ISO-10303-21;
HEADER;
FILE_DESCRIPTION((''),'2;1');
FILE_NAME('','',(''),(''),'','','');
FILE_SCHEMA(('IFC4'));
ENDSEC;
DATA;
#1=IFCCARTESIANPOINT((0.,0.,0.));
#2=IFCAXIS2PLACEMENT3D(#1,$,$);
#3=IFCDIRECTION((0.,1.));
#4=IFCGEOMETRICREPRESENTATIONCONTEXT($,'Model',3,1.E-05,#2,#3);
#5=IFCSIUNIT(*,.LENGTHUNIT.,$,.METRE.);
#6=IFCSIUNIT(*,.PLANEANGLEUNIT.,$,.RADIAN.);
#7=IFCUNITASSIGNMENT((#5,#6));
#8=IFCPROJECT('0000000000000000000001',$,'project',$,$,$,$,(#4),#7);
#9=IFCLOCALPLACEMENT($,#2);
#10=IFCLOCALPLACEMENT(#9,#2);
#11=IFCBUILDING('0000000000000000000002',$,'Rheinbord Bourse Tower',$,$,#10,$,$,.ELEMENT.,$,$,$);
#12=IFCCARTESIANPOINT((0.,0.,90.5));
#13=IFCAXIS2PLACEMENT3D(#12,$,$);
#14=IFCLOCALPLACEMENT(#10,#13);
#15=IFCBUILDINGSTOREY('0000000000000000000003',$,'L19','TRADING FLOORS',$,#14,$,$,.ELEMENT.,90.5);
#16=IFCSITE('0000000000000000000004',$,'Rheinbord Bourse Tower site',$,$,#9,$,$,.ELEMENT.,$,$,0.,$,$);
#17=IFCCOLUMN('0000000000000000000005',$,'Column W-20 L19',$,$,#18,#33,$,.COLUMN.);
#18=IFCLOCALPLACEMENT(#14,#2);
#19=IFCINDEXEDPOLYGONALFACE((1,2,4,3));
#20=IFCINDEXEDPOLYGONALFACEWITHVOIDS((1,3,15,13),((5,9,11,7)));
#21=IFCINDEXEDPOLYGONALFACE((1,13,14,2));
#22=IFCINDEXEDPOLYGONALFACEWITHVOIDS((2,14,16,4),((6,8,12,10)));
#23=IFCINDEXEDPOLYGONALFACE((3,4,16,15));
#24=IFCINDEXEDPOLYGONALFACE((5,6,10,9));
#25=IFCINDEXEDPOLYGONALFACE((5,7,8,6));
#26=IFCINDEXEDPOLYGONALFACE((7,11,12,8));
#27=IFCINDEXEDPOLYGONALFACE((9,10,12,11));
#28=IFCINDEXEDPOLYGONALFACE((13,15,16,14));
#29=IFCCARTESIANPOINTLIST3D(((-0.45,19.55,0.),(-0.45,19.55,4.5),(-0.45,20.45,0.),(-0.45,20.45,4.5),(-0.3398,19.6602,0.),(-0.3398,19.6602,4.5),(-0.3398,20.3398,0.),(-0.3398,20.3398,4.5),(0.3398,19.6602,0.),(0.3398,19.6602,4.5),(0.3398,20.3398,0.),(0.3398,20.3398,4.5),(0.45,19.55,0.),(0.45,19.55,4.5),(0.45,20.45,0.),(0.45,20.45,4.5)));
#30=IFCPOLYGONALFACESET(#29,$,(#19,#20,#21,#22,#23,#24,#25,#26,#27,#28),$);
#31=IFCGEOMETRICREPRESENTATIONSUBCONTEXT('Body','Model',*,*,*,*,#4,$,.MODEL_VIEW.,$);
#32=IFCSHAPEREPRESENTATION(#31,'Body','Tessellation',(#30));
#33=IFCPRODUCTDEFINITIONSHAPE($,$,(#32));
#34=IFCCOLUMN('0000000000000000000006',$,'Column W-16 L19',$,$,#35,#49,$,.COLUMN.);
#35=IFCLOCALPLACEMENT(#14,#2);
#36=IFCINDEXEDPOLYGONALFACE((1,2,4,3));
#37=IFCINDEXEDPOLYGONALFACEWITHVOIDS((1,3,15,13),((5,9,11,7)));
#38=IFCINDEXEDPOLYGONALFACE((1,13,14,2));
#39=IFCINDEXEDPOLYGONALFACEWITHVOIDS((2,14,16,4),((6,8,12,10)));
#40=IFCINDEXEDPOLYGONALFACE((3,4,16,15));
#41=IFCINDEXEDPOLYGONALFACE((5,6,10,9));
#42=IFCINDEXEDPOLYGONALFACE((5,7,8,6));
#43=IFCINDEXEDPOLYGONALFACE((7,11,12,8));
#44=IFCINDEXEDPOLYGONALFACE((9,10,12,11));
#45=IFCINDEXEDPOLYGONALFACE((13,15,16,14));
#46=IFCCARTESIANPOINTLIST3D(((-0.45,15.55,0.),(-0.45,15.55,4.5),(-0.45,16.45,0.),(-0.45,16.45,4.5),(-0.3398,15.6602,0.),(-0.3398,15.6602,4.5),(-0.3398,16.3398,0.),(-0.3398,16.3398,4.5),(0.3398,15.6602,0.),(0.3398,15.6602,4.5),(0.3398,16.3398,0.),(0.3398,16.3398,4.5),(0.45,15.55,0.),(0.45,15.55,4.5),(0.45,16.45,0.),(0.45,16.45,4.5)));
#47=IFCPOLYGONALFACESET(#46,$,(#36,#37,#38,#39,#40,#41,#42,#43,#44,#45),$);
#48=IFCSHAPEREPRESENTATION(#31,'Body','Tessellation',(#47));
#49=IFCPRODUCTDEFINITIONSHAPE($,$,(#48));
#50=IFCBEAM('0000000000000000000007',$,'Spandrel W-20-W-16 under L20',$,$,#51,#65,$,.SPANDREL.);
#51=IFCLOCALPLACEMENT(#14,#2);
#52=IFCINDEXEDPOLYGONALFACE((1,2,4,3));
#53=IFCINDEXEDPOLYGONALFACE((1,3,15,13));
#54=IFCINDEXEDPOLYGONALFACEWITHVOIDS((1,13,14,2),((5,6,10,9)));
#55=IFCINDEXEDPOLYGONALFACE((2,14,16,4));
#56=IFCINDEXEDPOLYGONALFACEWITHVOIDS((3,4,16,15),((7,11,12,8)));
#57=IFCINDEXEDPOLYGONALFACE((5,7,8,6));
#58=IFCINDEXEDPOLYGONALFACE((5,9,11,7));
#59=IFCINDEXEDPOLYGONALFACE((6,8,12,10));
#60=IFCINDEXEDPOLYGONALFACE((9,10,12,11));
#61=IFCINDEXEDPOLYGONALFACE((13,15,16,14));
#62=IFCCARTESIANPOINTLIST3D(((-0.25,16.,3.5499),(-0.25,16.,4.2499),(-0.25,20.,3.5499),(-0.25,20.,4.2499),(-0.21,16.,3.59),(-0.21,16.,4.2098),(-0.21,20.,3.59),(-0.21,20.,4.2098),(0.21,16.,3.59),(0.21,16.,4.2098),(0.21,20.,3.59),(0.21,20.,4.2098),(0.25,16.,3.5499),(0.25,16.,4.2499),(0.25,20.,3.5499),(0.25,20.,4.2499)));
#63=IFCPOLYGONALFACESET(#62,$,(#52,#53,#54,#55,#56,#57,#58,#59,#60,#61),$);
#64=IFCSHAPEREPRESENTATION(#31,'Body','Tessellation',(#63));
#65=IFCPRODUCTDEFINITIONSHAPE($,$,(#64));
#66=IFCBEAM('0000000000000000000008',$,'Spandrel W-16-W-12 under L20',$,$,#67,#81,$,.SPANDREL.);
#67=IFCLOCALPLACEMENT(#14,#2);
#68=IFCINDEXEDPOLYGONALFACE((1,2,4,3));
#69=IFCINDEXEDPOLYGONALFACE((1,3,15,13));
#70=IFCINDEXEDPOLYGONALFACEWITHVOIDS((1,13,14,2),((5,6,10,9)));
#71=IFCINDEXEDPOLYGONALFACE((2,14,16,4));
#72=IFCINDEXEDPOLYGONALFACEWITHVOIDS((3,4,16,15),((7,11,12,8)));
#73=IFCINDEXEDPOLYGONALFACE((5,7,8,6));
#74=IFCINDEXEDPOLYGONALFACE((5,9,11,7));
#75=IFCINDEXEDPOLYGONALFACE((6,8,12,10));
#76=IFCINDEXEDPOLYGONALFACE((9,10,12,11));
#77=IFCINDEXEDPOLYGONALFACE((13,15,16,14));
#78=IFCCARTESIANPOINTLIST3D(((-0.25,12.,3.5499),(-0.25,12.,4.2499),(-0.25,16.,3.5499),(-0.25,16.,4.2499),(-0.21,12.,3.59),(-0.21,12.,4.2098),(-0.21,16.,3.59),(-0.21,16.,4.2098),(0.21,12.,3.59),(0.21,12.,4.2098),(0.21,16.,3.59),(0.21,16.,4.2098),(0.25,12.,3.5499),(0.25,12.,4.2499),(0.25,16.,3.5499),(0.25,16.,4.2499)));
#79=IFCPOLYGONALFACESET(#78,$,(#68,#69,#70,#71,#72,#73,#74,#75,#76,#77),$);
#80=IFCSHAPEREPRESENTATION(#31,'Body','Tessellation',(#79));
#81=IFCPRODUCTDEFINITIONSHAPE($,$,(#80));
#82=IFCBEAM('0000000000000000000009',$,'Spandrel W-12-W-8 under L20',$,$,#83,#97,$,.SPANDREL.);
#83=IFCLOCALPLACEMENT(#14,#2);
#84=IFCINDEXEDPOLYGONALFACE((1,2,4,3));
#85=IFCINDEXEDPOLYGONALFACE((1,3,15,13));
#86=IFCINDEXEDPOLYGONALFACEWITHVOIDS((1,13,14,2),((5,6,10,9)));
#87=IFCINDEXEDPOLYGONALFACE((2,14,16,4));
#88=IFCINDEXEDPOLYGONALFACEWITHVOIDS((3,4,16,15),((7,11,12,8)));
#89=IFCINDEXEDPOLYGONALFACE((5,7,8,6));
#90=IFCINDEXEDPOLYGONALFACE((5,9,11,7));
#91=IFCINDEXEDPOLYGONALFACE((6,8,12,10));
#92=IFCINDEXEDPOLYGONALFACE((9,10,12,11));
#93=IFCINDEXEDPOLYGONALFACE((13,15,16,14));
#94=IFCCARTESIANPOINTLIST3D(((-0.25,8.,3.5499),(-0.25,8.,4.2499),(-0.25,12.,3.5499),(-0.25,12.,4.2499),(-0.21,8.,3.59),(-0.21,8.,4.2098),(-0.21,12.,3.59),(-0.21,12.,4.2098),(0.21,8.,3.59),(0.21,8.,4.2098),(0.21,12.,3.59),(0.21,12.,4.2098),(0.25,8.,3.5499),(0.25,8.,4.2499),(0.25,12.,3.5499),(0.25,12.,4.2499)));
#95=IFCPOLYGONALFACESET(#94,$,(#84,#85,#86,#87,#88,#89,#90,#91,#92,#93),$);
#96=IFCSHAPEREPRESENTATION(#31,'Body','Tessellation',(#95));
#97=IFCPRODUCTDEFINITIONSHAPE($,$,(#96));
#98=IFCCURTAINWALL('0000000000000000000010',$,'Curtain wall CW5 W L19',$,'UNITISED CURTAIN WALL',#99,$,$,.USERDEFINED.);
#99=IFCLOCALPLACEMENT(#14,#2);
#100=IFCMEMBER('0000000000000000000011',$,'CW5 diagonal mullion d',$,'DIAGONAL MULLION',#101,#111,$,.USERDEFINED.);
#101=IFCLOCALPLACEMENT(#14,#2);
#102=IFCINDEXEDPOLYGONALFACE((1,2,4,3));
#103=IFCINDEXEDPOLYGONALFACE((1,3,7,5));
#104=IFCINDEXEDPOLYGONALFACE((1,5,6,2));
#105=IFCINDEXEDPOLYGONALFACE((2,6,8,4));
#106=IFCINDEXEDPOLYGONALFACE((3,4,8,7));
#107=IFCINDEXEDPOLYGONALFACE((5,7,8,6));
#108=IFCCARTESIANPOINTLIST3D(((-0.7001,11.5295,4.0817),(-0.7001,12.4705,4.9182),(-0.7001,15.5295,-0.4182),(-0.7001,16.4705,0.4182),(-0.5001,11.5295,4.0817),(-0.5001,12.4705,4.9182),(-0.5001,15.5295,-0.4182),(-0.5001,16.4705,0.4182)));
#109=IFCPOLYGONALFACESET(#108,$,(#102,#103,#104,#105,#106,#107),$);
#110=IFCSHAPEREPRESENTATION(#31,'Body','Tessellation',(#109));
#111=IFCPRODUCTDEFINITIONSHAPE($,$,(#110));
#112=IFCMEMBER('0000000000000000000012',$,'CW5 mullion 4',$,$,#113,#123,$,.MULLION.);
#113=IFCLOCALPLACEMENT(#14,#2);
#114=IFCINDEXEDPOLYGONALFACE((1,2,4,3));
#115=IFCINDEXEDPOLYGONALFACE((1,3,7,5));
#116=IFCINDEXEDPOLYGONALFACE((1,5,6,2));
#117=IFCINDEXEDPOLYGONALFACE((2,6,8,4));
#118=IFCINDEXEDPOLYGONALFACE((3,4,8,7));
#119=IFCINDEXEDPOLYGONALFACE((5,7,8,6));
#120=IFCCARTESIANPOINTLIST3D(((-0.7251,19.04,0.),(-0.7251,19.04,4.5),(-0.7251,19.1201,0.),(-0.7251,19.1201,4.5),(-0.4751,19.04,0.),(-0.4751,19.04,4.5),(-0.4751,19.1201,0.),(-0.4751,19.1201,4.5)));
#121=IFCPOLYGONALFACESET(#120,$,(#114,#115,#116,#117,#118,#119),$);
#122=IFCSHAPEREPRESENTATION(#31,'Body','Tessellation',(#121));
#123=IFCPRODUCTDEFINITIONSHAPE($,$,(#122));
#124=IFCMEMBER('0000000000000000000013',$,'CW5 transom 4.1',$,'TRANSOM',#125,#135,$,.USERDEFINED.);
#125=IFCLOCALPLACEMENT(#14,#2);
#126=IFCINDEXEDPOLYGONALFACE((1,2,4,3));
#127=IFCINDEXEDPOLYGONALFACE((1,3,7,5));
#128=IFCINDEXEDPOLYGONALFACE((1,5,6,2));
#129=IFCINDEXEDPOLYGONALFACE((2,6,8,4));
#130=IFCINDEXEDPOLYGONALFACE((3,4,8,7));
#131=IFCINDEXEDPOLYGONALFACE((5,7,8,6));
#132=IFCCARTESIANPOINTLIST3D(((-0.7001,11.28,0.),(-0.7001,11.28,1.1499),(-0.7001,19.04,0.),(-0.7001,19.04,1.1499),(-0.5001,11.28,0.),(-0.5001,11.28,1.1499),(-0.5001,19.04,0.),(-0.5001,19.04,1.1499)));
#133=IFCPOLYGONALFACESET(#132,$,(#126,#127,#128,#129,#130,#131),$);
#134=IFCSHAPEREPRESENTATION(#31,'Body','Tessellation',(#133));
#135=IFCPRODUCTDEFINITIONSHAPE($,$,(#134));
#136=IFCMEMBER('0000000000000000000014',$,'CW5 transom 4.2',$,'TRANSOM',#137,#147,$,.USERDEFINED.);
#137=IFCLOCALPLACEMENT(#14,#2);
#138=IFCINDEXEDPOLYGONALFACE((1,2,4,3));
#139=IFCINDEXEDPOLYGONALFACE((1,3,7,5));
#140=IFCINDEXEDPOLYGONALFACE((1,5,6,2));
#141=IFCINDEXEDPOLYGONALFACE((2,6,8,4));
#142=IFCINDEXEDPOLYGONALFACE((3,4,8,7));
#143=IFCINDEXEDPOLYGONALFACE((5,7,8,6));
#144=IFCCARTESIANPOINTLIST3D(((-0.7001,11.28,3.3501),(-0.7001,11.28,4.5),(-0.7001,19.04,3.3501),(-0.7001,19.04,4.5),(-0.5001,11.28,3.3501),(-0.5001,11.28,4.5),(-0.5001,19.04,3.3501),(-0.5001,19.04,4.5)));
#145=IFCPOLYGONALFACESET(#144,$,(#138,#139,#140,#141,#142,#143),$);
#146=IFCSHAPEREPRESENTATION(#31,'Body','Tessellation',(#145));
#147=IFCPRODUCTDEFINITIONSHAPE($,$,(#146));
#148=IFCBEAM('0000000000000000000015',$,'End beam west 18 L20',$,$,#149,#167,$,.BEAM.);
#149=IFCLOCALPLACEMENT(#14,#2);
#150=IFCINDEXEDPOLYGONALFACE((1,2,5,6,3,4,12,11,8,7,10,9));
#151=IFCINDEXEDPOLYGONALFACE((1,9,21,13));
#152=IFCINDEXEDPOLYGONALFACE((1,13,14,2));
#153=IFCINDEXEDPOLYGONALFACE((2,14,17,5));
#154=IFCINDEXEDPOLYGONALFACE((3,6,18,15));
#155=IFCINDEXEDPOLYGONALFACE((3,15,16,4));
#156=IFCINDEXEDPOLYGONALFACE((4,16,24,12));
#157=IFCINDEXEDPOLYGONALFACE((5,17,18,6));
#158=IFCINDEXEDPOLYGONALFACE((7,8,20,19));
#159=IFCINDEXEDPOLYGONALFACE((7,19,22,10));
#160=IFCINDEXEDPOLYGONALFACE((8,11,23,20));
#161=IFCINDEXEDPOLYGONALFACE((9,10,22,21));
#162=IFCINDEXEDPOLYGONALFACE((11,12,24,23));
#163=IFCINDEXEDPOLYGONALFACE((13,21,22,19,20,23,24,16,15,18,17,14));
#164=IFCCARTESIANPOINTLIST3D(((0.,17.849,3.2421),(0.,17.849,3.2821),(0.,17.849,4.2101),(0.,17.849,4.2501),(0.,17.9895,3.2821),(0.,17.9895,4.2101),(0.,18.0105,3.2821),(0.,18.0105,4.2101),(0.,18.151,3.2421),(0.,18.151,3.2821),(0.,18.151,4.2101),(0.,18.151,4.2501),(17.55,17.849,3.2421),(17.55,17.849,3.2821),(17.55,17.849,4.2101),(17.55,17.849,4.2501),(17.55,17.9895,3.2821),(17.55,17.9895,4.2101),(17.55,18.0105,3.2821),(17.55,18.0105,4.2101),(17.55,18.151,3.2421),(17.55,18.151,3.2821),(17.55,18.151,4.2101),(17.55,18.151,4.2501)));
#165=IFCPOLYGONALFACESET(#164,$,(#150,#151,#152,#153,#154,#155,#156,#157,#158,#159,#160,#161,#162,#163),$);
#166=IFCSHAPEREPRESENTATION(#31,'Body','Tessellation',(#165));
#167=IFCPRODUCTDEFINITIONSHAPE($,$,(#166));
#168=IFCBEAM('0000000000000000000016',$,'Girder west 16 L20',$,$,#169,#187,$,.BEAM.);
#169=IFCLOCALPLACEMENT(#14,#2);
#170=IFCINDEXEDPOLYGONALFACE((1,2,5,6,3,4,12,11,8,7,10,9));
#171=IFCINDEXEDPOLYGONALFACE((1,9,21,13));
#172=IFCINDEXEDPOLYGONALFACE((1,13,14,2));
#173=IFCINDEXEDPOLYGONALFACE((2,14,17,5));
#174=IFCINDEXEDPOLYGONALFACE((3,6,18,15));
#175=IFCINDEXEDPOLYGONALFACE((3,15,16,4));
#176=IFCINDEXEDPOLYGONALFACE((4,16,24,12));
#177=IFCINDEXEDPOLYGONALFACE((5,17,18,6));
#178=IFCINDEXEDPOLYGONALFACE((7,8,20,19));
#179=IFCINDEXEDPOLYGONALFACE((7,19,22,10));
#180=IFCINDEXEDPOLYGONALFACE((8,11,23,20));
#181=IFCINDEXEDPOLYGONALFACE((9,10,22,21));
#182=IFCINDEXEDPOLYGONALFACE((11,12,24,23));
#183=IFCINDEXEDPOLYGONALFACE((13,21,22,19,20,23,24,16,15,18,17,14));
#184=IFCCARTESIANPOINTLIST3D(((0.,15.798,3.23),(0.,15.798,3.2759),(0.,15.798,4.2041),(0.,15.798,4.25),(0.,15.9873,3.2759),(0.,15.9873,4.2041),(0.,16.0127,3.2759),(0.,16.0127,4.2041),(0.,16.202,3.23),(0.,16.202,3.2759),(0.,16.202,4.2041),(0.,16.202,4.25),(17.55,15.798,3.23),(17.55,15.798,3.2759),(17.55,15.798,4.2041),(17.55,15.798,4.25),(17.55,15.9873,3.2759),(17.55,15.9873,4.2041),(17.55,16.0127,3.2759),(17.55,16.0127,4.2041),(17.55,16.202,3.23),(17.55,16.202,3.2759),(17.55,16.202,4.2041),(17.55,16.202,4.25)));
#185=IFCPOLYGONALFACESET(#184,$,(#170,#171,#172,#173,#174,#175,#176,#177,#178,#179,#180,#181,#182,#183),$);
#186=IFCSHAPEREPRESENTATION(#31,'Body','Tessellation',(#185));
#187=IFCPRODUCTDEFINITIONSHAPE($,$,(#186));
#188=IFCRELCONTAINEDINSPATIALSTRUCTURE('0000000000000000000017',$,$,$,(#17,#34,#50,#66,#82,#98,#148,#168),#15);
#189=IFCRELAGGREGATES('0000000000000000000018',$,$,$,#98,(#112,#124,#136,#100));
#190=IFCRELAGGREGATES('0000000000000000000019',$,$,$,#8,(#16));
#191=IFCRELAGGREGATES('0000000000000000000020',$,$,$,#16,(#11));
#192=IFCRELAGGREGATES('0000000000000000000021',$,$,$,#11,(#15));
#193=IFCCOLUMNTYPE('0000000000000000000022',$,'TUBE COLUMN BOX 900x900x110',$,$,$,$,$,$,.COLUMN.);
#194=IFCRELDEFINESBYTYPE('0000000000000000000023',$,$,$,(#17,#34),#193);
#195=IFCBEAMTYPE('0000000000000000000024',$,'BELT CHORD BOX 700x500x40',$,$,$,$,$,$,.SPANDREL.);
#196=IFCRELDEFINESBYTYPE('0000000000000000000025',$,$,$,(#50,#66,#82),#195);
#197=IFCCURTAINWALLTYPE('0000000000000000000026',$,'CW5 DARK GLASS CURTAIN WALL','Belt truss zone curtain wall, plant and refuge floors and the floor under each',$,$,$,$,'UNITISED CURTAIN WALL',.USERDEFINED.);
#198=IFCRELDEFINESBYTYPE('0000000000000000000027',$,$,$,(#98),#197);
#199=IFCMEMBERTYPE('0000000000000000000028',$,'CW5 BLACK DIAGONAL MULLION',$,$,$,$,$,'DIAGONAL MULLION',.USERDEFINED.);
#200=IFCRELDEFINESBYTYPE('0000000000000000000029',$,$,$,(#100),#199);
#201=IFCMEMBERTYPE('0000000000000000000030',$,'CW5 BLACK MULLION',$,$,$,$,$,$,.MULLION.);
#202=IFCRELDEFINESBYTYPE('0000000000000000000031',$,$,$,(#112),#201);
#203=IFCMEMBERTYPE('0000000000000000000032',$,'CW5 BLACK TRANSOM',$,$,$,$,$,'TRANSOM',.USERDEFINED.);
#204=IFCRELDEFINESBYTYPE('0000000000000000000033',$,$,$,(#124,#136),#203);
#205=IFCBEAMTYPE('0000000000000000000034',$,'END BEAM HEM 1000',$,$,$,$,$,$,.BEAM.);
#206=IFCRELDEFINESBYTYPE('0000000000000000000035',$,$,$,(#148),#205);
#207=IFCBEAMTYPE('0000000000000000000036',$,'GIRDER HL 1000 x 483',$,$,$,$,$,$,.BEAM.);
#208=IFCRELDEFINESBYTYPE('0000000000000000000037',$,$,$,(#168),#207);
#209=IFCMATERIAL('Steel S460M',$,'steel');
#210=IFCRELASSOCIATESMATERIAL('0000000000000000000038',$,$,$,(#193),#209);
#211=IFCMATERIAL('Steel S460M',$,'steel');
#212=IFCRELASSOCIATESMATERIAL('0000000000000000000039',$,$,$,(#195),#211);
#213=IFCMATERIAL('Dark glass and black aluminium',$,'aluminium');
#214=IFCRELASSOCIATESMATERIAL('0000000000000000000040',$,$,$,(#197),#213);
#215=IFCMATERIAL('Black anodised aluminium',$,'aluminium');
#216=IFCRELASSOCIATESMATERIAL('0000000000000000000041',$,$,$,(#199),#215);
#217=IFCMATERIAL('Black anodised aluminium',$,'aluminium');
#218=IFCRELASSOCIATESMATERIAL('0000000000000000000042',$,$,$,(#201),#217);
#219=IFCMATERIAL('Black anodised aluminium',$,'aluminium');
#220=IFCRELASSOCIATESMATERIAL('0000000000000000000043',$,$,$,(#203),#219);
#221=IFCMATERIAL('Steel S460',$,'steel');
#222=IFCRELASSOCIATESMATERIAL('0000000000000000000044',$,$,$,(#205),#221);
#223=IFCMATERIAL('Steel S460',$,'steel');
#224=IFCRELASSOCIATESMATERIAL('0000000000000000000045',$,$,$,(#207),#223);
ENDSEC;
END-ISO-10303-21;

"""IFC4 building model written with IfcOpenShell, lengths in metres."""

from ifc_helpers import new_model, si_unit, direction, frame, origin, origin_2d, place, context, subcontext, project, spatial, rectangle, hollow_rectangle, i_section, extrude, material, material_profile, profile_set, type_object, element, aggregate, save


model = new_model("IFC4")

# Units and contexts
model_context = context("Model", 3, precision=1e-05, world=origin(), true_north=direction((0.0, 1.0)))
body_context = subcontext(model_context, "Body", "Model", "MODEL_VIEW")
ifc_project = project(units=[si_unit("LENGTHUNIT", "METRE"), si_unit("PLANEANGLEUNIT", "RADIAN")], contexts=[model_context])

# Site, building, storey
site_placement = place(None, origin())
site = spatial("IfcSite", under=ifc_project, at=site_placement, Name="Rheinbord Bourse Tower site", CompositionType="ELEMENT", RefElevation=0.0)
building_placement = place(site_placement, origin())
building = spatial("IfcBuilding", under=site, at=building_placement, Name="Rheinbord Bourse Tower", CompositionType="ELEMENT")
storey_placement = place(building_placement, frame((0.0, 0.0, 90.5)))
storey = spatial("IfcBuildingStorey", under=building, at=storey_placement, Name="L19", Description="TRADING FLOORS", CompositionType="ELEMENT", Elevation=90.5)

# Columns
ifc_material_1 = material(Name="Steel S460M", Category="steel")
ifc_material_profile_1 = material_profile(ifc_material_1, hollow_rectangle(XDim=0.8999, YDim=0.8999, WallThickness=0.1101, at=origin_2d()), Name="BOX 900x900x110")
ifc_profile_set_1 = profile_set([ifc_material_profile_1], Name="Steel S460M")
column_type = type_object("IfcColumnType", Name="TUBE COLUMN BOX 900x900x110", PredefinedType="COLUMN", material=ifc_profile_set_1)
for number, where, z_axis, x_axis, name in (
    (1, (0.0, 20.0, 0.0), (0.0, 0.0, 1.0), (1.0, 0.0, 0.0), "Column W-20 L19"),
    (2, (0.0, 16.0, 0.0), (0.0, 0.0, 1.0), (1.0, 0.0, 0.0), "Column W-16 L19"),
):
    element("IfcColumn", number, at=place(storey_placement, frame(where, z_axis=z_axis, x_axis=x_axis)), inside=storey, type_object=column_type, Name=name, PredefinedType="COLUMN", context=body_context, shape_type="SweptSolid", body=[
        extrude(hollow_rectangle(XDim=0.8999, YDim=0.8999, WallThickness=0.1101, at=origin_2d()), origin(), (0.0, 0.0, 1.0), 4.5),
    ])

# Beams
ifc_material_2 = material(Name="Steel S460M", Category="steel")
ifc_material_profile_2 = material_profile(ifc_material_2, hollow_rectangle(XDim=0.5, YDim=0.7, WallThickness=0.04, at=origin_2d()), Name="BOX 700x500x40")
ifc_profile_set_2 = profile_set([ifc_material_profile_2], Name="Steel S460M")
beam_type_1 = type_object("IfcBeamType", Name="BELT CHORD BOX 700x500x40", PredefinedType="SPANDREL", material=ifc_profile_set_2)
for number, where, z_axis, x_axis, name in (
    (3, (0.0, 20.0, 3.8999), (0.0, -1.0, 0.0), (1.0, 0.0, 0.0), "Spandrel W-20-W-16 under L20"),
    (4, (0.0, 16.0, 3.8999), (0.0, -1.0, 0.0), (1.0, 0.0, 0.0), "Spandrel W-16-W-12 under L20"),
    (5, (0.0, 12.0, 3.8999), (0.0, -1.0, 0.0), (1.0, 0.0, 0.0), "Spandrel W-12-W-8 under L20"),
):
    element("IfcBeam", number, at=place(storey_placement, frame(where, z_axis=z_axis, x_axis=x_axis)), inside=storey, type_object=beam_type_1, Name=name, PredefinedType="SPANDREL", context=body_context, shape_type="SweptSolid", body=[
        extrude(hollow_rectangle(XDim=0.5, YDim=0.7, WallThickness=0.04, at=origin_2d()), origin(), (0.0, 0.0, 1.0), 4.0),
    ])

# Curtain wall, members
ifc_material_3 = material(Name="Dark glass and black aluminium", Category="aluminium")
curtain_wall_type = type_object("IfcCurtainWallType", Name="CW5 DARK GLASS CURTAIN WALL", Description="Belt truss zone curtain wall, plant and refuge floors and the floor under each", ElementType="UNITISED CURTAIN WALL", PredefinedType="USERDEFINED", material=ifc_material_3)
curtain_wall_placement = place(storey_placement, origin())
curtain_wall = element("IfcCurtainWall", 6, at=curtain_wall_placement, inside=storey, type_object=curtain_wall_type, Name="Curtain wall CW5 W L19", ObjectType="UNITISED CURTAIN WALL", PredefinedType="USERDEFINED")
ifc_material_4 = material(Name="Black anodised aluminium", Category="aluminium")
ifc_material_profile_3 = material_profile(ifc_material_4, rectangle(XDim=0.2, YDim=1.259, at=origin_2d()), Name="CW5 DIAGONAL MULLION 1259x200")
ifc_profile_set_3 = profile_set([ifc_material_profile_3], Name="Black anodised aluminium")
member_type_1 = type_object("IfcMemberType", Name="CW5 BLACK DIAGONAL MULLION", ElementType="DIAGONAL MULLION", PredefinedType="USERDEFINED", material=ifc_profile_set_3)
member_1_placement = place(storey_placement, frame((-0.6001, 16.0, 0.0), z_axis=(0.0, -0.664364, 0.747409), x_axis=(1.0, 0.0, 0.0)))
member_1 = element("IfcMember", 7, at=member_1_placement, type_object=member_type_1, Name="CW5 diagonal mullion d", ObjectType="DIAGONAL MULLION", PredefinedType="USERDEFINED", context=body_context, shape_type="SweptSolid", body=[
    extrude(rectangle(XDim=0.2, YDim=1.259, at=origin_2d()), origin(), (0.0, 0.0, 1.0), 6.0208),
])
ifc_material_5 = material(Name="Black anodised aluminium", Category="aluminium")
ifc_material_profile_4 = material_profile(ifc_material_5, rectangle(XDim=0.25, YDim=0.0801, at=origin_2d()), Name="CW5 MULLION 80x250")
ifc_profile_set_4 = profile_set([ifc_material_profile_4], Name="Black anodised aluminium")
member_type_2 = type_object("IfcMemberType", Name="CW5 BLACK MULLION", PredefinedType="MULLION", material=ifc_profile_set_4)
member_2_placement = place(storey_placement, frame((-0.6001, 19.0801, 0.0), z_axis=(0.0, 0.0, 1.0), x_axis=(1.0, 0.0, 0.0)))
member_2 = element("IfcMember", 8, at=member_2_placement, type_object=member_type_2, Name="CW5 mullion 4", PredefinedType="MULLION", context=body_context, shape_type="SweptSolid", body=[
    extrude(rectangle(XDim=0.25, YDim=0.0801, at=origin_2d()), origin(), (0.0, 0.0, 1.0), 4.5),
])
ifc_material_6 = material(Name="Black anodised aluminium", Category="aluminium")
ifc_material_profile_5 = material_profile(ifc_material_6, rectangle(XDim=0.2, YDim=1.1499, at=origin_2d()), Name="CW5 TRANSOM 1150x200")
ifc_profile_set_5 = profile_set([ifc_material_profile_5], Name="Black anodised aluminium")
member_type_3 = type_object("IfcMemberType", Name="CW5 BLACK TRANSOM", ElementType="TRANSOM", PredefinedType="USERDEFINED", material=ifc_profile_set_5)
member_3_placement = place(storey_placement, frame((-0.6001, 19.04, 0.575), z_axis=(0.0, -1.0, 0.0), x_axis=(1.0, 0.0, 0.0)))
member_3 = element("IfcMember", 9, at=member_3_placement, type_object=member_type_3, Name="CW5 transom 4.1", ObjectType="TRANSOM", PredefinedType="USERDEFINED", context=body_context, shape_type="SweptSolid", body=[
    extrude(rectangle(XDim=0.2, YDim=1.1499, at=origin_2d()), origin(), (0.0, 0.0, 1.0), 7.76),
])
member_4_placement = place(storey_placement, frame((-0.6001, 19.04, 3.925), z_axis=(0.0, -1.0, 0.0), x_axis=(1.0, 0.0, 0.0)))
member_4 = element("IfcMember", 10, at=member_4_placement, type_object=member_type_3, Name="CW5 transom 4.2", ObjectType="TRANSOM", PredefinedType="USERDEFINED", context=body_context, shape_type="SweptSolid", body=[
    extrude(rectangle(XDim=0.2, YDim=1.1499, at=origin_2d()), origin(), (0.0, 0.0, 1.0), 7.76),
])

# Beams
ifc_material_7 = material(Name="Steel S460", Category="steel")
ifc_material_profile_6 = material_profile(ifc_material_7, i_section(OverallWidth=0.302, OverallDepth=1.0081, WebThickness=0.021, FlangeThickness=0.04, at=origin_2d()), Name="HEM 1000")
ifc_profile_set_6 = profile_set([ifc_material_profile_6], Name="Steel S460")
beam_type_2 = type_object("IfcBeamType", Name="END BEAM HEM 1000", PredefinedType="BEAM", material=ifc_profile_set_6)
beam_1_placement = place(storey_placement, frame((0.0, 18.0, 3.7461), z_axis=(1.0, 0.0, 0.0), x_axis=(0.0, 1.0, 0.0)))
element("IfcBeam", 11, at=beam_1_placement, inside=storey, type_object=beam_type_2, Name="End beam west 18 L20", PredefinedType="BEAM", context=body_context, shape_type="SweptSolid", body=[
    extrude(i_section(OverallWidth=0.302, OverallDepth=1.0081, WebThickness=0.021, FlangeThickness=0.04, at=origin_2d()), origin(), (0.0, 0.0, 1.0), 17.55),
])
ifc_material_8 = material(Name="Steel S460", Category="steel")
ifc_material_profile_7 = material_profile(ifc_material_8, i_section(OverallWidth=0.4041, OverallDepth=1.02, WebThickness=0.0254, FlangeThickness=0.0459, at=origin_2d()), Name="HL 1000 x 483")
ifc_profile_set_7 = profile_set([ifc_material_profile_7], Name="Steel S460")
beam_type_3 = type_object("IfcBeamType", Name="GIRDER HL 1000 x 483", PredefinedType="BEAM", material=ifc_profile_set_7)
beam_2_placement = place(storey_placement, frame((0.0, 16.0, 3.74), z_axis=(1.0, 0.0, 0.0), x_axis=(0.0, 1.0, 0.0)))
element("IfcBeam", 12, at=beam_2_placement, inside=storey, type_object=beam_type_3, Name="Girder west 16 L20", PredefinedType="BEAM", context=body_context, shape_type="SweptSolid", body=[
    extrude(i_section(OverallWidth=0.4041, OverallDepth=1.02, WebThickness=0.0254, FlangeThickness=0.0459, at=origin_2d()), origin(), (0.0, 0.0, 1.0), 17.55),
])

aggregate(curtain_wall, [member_2, member_3, member_4, member_1])

save(model, "model.ifc")
